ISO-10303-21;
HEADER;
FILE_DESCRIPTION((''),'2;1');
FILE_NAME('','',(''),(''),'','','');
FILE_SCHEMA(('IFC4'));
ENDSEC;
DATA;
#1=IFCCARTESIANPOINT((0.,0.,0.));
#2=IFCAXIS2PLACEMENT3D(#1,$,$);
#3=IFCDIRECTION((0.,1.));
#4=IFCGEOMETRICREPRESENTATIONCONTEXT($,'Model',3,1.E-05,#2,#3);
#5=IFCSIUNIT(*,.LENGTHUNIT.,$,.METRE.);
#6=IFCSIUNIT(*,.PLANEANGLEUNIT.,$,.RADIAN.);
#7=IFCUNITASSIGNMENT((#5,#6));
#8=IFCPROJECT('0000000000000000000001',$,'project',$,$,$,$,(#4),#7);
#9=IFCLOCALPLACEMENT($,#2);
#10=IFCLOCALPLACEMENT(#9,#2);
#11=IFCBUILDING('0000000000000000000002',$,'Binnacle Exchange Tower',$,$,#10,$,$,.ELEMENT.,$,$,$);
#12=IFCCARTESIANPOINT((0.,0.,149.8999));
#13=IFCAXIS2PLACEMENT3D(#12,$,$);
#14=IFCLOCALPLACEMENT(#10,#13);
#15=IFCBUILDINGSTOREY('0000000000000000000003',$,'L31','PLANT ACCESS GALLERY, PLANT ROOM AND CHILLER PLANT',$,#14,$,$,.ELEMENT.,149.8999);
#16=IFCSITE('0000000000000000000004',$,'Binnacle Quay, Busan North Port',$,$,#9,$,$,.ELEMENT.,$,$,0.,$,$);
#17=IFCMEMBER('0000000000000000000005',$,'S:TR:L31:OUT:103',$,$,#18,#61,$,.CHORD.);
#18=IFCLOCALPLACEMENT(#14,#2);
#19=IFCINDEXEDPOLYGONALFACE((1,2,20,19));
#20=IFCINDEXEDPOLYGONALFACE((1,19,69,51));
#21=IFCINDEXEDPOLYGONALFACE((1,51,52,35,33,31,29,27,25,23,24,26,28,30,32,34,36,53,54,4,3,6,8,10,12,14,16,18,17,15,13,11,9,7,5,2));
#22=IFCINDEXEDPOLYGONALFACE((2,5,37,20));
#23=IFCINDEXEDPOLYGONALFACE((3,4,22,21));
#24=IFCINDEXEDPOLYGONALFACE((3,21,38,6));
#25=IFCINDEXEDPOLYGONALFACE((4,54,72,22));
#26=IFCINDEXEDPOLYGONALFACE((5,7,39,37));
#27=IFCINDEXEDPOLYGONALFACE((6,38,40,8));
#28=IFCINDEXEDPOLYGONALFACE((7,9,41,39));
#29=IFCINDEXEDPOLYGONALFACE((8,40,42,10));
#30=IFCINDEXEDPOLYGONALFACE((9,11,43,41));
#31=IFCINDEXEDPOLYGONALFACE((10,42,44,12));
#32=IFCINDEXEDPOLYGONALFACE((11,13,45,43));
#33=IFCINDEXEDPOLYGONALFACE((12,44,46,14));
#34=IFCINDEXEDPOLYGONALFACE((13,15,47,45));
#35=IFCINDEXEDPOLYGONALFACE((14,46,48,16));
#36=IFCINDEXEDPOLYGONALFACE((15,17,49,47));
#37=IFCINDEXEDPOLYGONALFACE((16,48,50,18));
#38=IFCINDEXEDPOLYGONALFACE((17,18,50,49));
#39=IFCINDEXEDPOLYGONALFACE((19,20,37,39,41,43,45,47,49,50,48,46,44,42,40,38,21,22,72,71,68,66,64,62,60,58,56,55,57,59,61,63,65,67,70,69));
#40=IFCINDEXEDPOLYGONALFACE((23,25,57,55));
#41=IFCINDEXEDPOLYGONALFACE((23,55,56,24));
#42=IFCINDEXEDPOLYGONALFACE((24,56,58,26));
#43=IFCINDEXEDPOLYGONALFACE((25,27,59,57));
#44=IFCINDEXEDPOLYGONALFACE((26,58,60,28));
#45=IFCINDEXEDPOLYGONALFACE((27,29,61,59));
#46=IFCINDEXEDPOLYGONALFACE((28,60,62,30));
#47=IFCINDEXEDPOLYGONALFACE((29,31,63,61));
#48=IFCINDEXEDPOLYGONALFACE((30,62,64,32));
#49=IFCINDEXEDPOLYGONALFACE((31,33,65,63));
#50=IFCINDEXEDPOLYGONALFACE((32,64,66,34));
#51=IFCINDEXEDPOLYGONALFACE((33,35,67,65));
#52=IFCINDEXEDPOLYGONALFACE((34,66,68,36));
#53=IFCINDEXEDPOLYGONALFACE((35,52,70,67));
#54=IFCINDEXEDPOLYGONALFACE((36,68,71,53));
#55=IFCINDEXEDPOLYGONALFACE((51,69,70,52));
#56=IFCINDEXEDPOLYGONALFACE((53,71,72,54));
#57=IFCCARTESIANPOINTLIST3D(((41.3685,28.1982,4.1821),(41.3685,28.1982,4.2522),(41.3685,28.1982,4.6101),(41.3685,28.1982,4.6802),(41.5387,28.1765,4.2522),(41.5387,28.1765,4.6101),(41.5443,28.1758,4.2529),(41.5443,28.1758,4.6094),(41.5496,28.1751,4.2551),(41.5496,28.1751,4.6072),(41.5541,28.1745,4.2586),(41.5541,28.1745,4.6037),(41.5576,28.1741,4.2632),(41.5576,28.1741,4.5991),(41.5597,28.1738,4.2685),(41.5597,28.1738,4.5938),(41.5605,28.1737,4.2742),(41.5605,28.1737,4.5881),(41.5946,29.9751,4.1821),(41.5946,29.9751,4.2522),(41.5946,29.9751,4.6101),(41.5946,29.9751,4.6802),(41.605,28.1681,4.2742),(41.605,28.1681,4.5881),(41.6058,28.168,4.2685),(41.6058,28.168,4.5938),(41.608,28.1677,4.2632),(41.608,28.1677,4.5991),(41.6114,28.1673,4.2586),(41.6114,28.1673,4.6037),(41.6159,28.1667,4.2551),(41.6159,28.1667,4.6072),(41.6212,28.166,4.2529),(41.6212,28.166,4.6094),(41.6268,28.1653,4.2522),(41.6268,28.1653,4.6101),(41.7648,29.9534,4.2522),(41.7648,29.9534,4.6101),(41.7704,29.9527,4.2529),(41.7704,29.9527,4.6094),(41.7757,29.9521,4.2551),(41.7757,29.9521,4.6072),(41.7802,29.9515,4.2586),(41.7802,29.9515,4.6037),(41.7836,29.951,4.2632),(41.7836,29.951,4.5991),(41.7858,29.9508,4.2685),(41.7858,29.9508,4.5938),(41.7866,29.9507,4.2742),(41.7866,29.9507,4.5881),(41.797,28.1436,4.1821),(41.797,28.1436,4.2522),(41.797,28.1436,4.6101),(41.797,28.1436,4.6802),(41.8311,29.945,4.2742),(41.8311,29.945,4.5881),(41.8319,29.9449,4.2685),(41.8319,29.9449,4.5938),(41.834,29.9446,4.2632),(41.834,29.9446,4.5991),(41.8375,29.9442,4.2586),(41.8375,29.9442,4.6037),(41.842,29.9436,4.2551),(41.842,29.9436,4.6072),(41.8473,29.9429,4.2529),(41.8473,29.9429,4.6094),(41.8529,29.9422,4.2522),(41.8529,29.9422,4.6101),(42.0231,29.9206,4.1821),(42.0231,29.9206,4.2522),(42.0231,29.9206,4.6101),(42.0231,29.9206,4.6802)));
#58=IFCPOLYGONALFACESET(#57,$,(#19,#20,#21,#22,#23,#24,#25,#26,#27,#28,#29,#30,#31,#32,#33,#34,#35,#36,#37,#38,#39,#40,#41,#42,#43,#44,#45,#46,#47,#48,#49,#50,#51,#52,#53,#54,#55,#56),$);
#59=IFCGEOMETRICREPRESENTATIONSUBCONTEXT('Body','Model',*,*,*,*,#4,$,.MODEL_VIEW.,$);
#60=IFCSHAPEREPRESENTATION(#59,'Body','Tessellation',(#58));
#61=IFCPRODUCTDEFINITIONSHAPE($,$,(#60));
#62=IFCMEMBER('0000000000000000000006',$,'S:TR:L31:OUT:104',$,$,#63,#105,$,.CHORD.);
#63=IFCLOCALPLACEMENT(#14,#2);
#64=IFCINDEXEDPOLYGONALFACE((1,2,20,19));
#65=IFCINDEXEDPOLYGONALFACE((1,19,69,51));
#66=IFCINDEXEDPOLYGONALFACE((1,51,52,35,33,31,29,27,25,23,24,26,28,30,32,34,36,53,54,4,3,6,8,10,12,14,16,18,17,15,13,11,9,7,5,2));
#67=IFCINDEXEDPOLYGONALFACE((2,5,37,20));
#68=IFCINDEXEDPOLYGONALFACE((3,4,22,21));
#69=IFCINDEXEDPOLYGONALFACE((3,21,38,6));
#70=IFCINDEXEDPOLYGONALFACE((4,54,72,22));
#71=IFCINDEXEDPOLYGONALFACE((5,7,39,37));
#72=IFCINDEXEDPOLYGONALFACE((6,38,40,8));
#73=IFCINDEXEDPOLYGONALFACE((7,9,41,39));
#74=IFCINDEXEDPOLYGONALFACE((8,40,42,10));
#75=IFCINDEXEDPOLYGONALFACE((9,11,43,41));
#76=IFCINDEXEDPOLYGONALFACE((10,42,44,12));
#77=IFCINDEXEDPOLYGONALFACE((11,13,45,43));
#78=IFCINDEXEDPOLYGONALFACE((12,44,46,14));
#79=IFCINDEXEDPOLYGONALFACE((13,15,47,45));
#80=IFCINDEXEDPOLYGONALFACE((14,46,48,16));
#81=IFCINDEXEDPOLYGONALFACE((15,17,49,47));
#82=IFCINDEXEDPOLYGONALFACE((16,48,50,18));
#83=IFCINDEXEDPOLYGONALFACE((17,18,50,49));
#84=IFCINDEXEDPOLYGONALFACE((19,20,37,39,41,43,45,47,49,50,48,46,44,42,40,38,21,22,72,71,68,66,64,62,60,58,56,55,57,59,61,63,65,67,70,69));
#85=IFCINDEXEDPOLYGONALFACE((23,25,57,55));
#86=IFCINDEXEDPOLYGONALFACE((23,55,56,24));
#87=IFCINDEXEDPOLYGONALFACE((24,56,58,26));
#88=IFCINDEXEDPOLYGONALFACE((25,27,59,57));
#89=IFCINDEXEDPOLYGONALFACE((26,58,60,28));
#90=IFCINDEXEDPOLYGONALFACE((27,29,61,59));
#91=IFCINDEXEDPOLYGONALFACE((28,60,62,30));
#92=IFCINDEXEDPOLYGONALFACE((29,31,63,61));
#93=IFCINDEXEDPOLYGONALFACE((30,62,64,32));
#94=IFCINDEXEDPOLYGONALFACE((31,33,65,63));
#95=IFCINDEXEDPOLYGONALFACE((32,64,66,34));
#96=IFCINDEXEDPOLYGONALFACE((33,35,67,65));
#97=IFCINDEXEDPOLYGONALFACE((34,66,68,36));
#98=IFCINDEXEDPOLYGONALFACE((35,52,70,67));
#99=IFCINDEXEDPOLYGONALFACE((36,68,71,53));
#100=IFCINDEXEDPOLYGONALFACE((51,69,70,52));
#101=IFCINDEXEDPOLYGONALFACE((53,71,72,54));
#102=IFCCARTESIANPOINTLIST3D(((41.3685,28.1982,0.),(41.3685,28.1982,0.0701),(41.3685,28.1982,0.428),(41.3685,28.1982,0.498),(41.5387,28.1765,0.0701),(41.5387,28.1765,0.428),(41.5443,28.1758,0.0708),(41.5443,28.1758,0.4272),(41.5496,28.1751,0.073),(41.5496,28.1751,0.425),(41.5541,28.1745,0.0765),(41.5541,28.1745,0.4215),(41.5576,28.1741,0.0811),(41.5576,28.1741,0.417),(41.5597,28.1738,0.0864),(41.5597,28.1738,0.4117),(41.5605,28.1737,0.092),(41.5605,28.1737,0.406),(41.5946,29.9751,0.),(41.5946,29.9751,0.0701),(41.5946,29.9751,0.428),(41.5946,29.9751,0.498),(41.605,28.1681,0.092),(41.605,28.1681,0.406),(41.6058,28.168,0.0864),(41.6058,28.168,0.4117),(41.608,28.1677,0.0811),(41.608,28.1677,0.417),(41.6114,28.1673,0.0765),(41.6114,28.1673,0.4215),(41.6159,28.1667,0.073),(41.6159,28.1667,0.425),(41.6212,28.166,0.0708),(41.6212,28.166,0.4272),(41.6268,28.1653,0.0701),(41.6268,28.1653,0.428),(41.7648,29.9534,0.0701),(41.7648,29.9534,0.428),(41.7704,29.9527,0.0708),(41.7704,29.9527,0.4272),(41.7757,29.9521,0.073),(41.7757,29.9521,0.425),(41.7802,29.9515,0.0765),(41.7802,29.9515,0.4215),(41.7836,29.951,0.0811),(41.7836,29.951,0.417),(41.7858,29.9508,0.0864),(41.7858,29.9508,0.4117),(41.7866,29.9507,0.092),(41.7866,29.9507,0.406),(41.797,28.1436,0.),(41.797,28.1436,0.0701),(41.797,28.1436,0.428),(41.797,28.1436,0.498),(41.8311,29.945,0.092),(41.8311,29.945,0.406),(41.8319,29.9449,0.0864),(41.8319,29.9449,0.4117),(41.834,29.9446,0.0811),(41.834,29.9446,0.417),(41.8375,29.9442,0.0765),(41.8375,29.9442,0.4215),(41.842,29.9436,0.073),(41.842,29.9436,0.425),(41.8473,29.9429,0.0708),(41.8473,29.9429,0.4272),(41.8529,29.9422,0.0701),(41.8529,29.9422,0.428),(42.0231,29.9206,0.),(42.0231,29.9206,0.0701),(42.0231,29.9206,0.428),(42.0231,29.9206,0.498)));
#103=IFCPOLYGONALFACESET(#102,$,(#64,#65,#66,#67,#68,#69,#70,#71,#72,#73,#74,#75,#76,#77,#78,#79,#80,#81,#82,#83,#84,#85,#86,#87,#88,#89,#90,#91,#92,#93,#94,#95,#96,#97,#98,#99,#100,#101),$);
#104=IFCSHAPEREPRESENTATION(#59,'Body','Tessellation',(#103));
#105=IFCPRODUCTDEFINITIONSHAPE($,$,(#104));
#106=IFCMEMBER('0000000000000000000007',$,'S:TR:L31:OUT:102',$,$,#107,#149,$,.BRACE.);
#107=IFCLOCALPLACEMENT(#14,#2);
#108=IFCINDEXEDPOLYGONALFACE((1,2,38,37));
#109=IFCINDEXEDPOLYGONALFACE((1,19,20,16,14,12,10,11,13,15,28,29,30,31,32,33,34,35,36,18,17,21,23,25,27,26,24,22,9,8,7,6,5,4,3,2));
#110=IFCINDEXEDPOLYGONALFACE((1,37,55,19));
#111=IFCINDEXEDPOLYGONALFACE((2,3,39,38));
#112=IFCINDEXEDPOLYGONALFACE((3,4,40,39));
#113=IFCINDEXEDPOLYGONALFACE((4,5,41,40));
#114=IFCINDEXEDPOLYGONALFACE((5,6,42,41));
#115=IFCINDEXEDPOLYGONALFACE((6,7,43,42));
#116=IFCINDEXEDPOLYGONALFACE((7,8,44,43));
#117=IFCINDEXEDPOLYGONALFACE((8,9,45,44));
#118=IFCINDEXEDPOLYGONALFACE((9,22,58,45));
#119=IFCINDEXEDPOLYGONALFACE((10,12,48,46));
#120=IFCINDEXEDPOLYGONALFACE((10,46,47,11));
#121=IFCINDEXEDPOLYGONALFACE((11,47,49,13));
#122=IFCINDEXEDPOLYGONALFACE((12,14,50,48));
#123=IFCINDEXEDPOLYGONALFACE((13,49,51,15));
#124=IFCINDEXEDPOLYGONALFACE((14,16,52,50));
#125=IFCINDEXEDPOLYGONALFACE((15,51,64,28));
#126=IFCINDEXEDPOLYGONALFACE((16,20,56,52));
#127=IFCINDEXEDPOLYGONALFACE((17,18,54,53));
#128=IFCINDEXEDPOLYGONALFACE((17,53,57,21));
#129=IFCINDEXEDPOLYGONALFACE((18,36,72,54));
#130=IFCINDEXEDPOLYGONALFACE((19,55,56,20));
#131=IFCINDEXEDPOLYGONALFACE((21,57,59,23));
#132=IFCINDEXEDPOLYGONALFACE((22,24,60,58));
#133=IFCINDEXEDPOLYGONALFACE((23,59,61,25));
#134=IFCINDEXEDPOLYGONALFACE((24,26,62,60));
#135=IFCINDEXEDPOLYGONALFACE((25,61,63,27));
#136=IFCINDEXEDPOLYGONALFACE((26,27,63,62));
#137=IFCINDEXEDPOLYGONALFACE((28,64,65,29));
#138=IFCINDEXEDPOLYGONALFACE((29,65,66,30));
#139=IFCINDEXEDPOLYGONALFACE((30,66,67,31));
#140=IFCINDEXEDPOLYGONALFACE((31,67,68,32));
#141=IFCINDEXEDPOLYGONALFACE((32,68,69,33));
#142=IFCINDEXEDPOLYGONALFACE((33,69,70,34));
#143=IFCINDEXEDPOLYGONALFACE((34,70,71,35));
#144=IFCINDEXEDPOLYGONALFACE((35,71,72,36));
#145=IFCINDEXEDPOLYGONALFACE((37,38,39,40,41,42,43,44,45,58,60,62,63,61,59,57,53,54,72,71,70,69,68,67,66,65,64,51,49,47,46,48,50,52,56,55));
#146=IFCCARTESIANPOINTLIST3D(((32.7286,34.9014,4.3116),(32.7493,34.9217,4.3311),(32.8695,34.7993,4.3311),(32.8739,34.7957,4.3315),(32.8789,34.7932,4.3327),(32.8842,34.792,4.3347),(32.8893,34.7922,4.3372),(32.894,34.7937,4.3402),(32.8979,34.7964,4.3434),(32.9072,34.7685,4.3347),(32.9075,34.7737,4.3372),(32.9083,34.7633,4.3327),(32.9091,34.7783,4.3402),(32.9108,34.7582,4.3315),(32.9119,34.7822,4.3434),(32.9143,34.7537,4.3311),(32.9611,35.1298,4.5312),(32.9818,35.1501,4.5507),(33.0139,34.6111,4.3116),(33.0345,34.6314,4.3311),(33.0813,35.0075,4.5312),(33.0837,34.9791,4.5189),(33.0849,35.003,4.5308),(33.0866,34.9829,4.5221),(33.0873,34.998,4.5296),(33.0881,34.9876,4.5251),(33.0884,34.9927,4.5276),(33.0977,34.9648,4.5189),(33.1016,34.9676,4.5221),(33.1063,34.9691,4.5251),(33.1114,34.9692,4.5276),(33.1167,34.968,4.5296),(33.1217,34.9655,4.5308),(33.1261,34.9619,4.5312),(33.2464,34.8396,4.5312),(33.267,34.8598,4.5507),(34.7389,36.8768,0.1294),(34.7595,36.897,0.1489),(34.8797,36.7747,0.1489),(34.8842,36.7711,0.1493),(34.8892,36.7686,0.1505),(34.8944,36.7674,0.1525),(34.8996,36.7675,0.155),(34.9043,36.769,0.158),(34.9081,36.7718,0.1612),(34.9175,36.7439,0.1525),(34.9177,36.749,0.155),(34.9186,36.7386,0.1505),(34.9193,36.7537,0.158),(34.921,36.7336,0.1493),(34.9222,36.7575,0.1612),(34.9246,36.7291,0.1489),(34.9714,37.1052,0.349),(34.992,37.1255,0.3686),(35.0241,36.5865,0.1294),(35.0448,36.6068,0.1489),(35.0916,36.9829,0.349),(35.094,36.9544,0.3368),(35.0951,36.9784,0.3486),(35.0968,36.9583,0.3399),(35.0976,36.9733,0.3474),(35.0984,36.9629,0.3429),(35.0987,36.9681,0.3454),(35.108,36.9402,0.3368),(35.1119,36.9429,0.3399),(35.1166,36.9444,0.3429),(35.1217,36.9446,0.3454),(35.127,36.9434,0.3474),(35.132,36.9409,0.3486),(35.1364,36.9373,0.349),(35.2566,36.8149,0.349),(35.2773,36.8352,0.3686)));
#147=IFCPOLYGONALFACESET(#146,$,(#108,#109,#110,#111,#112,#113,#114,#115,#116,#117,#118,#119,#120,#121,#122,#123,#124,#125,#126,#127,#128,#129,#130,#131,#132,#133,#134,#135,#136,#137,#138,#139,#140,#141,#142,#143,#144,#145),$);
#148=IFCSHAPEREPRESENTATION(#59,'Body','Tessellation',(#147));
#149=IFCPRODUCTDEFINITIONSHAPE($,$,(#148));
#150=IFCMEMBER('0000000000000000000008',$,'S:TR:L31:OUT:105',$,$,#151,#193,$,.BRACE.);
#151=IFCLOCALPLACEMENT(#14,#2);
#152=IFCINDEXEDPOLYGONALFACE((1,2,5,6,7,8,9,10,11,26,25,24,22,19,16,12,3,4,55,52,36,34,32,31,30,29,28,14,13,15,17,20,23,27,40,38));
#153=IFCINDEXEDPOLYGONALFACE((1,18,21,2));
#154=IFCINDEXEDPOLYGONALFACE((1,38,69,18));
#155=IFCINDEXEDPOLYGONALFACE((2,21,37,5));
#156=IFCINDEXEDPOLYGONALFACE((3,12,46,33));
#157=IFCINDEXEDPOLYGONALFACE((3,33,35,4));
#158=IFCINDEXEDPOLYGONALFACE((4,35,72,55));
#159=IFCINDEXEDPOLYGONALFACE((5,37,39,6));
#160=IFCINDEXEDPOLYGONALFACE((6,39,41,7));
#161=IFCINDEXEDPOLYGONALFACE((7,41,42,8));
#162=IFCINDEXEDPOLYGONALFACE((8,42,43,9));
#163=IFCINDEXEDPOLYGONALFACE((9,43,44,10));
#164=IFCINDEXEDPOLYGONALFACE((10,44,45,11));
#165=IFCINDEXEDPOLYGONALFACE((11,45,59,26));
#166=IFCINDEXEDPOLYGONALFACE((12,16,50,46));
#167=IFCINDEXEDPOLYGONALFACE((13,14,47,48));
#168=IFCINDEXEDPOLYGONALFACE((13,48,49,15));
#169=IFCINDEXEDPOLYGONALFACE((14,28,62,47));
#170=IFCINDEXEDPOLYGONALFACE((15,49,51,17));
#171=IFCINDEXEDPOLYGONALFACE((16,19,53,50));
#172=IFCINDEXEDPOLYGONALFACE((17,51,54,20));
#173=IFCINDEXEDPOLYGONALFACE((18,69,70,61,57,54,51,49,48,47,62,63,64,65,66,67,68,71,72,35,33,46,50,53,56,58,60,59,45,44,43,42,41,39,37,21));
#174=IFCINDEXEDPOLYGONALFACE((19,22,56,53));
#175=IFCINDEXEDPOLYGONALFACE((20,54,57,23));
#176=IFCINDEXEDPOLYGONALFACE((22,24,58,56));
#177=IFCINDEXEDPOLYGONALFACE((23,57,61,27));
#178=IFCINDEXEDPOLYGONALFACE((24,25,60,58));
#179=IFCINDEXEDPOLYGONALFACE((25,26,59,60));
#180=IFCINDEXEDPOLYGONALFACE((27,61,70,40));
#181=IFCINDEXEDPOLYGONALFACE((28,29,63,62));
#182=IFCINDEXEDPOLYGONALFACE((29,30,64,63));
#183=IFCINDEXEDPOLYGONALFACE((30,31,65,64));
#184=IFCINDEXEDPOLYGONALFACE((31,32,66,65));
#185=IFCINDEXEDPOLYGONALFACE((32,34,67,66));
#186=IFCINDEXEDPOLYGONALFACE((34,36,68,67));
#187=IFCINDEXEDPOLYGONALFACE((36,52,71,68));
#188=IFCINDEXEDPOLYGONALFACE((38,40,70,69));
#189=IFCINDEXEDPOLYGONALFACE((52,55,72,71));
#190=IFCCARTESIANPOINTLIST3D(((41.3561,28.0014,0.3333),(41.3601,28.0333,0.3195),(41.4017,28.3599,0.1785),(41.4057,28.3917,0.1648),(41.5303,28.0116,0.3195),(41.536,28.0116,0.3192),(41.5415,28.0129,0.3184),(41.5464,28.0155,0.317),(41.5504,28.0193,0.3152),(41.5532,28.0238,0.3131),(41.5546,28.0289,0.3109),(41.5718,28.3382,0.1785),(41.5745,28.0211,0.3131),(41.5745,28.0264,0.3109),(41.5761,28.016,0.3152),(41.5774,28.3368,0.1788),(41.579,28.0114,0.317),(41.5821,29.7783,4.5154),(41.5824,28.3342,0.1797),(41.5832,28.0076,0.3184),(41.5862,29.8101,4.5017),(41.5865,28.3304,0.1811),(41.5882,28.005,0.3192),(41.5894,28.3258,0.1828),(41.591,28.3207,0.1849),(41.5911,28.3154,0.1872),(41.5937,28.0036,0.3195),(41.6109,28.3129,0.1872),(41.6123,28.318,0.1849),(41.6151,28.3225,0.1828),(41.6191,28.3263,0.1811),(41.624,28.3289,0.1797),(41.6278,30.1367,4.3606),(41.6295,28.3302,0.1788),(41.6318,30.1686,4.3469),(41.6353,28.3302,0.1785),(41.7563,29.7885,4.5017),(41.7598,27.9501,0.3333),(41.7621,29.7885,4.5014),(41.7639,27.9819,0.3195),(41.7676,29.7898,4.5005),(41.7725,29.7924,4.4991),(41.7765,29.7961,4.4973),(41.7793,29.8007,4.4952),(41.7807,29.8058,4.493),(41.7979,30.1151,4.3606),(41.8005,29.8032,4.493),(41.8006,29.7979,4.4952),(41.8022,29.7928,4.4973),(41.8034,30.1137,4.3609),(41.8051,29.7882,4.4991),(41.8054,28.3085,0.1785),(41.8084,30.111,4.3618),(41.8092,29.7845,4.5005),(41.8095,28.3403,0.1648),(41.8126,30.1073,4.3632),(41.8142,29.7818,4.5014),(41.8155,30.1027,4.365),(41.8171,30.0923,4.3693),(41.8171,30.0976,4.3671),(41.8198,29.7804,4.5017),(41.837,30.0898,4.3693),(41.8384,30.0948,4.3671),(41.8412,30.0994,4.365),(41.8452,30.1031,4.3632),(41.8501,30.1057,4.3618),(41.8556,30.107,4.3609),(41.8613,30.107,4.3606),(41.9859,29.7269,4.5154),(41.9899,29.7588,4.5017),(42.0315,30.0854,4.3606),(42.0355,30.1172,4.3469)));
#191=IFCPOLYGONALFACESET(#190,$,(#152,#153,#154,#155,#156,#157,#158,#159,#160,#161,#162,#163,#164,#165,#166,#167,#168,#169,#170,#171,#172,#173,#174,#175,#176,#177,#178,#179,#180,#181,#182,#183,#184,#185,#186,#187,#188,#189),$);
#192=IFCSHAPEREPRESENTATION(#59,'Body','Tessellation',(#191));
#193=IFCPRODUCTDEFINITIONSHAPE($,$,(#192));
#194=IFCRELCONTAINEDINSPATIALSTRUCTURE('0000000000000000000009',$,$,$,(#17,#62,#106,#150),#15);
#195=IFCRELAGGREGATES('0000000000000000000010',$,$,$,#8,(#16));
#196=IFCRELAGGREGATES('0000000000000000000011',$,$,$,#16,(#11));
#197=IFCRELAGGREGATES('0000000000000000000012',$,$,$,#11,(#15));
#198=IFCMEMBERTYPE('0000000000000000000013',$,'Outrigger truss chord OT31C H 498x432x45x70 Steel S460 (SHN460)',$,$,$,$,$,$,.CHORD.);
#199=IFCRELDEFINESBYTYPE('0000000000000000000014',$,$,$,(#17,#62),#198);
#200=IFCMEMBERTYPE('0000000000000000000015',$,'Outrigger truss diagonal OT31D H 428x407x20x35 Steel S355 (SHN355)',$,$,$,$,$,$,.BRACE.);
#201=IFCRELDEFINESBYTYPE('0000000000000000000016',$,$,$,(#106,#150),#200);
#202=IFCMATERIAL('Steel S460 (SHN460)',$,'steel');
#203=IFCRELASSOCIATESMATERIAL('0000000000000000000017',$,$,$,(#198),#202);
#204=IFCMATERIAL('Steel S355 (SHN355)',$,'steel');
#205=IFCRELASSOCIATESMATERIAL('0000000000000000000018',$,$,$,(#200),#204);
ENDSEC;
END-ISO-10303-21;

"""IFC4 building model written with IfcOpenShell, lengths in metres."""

from ifc_helpers import new_model, si_unit, direction, frame, origin, origin_2d, place, context, subcontext, project, spatial, i_section, extrude, material, material_profile, profile_set, type_object, element, save


model = new_model("IFC4")

# Units and contexts
model_context = context("Model", 3, precision=1e-05, world=origin(), true_north=direction((0.0, 1.0)))
body_context = subcontext(model_context, "Body", "Model", "MODEL_VIEW")
ifc_project = project(units=[si_unit("LENGTHUNIT", "METRE"), si_unit("PLANEANGLEUNIT", "RADIAN")], contexts=[model_context])

# Site, building, storey
site_placement = place(None, origin())
site = spatial("IfcSite", under=ifc_project, at=site_placement, Name="Binnacle Quay, Busan North Port", CompositionType="ELEMENT", RefElevation=0.0)
building_placement = place(site_placement, origin())
building = spatial("IfcBuilding", under=site, at=building_placement, Name="Binnacle Exchange Tower", CompositionType="ELEMENT")
storey_placement = place(building_placement, frame((0.0, 0.0, 149.8999)))
storey = spatial("IfcBuildingStorey", under=building, at=storey_placement, Name="L31", Description="PLANT ACCESS GALLERY, PLANT ROOM AND CHILLER PLANT", CompositionType="ELEMENT", Elevation=149.8999)

# Shared definitions
ifc_material_1 = material(Name="Steel S460 (SHN460)", Category="steel")
ifc_material_2 = material(Name="Steel S355 (SHN355)", Category="steel")

# Members
ifc_material_profile_1 = material_profile(ifc_material_1, i_section(OverallWidth=0.4319, OverallDepth=0.498, WebThickness=0.0449, FlangeThickness=0.0701, FilletRadius=0.022, at=origin_2d()), Name="H 498x432x45x70")
ifc_profile_set_1 = profile_set([ifc_material_profile_1], Name="Steel S460 (SHN460)")
member_type_1 = type_object("IfcMemberType", Name="Outrigger truss chord OT31C H 498x432x45x70 Steel S460 (SHN460)", PredefinedType="CHORD", material=ifc_profile_set_1)
for number, where, z_axis, x_axis, name in (
    (1, (41.5828, 28.1709, 4.4312), (0.126215, 0.992003, 0.0), (-0.992003, 0.126215, 0.0), "S:TR:L31:OUT:103"),
    (2, (41.5828, 28.1709, 0.249), (0.126215, 0.992003, 0.0), (-0.992003, 0.126215, 0.0), "S:TR:L31:OUT:104"),
):
    element("IfcMember", number, at=place(storey_placement, frame(where, z_axis=z_axis, x_axis=x_axis)), inside=storey, type_object=member_type_1, Name=name, PredefinedType="CHORD", context=body_context, shape_type="SweptSolid", body=[
        extrude(i_section(OverallWidth=0.4319, OverallDepth=0.498, WebThickness=0.0449, FlangeThickness=0.0701, FilletRadius=0.022, at=origin_2d()), origin(), (0.0, 0.0, 1.0), 1.7913),
    ])
ifc_material_profile_2 = material_profile(ifc_material_2, i_section(OverallWidth=0.407, OverallDepth=0.428, WebThickness=0.02, FlangeThickness=0.0349, FilletRadius=0.022, at=origin_2d()), Name="H 428x407x20x35")
ifc_profile_set_2 = profile_set([ifc_material_profile_2], Name="Steel S355 (SHN355)")
member_type_2 = type_object("IfcMemberType", Name="Outrigger truss diagonal OT31D H 428x407x20x35 Steel S355 (SHN355)", PredefinedType="BRACE", material=ifc_profile_set_2)
member_1_placement = place(storey_placement, frame((32.9978, 34.8806, 4.4312), z_axis=(0.398611, 0.391689, -0.82927), x_axis=(-0.700886, 0.713273, 0.0)))
element("IfcMember", 3, at=member_1_placement, inside=storey, type_object=member_type_2, Name="S:TR:L31:OUT:102", PredefinedType="BRACE", context=body_context, shape_type="SweptSolid", body=[
    extrude(i_section(OverallWidth=0.407, OverallDepth=0.428, WebThickness=0.02, FlangeThickness=0.0349, FilletRadius=0.022, at=origin_2d()), origin(), (0.0, 0.0, 1.0), 5.0432),
])
member_2_placement = place(storey_placement, frame((41.5828, 28.1709, 0.249), z_axis=(0.049691, 0.390555, 0.919237), x_axis=(-0.992003, 0.126215, 0.0)))
element("IfcMember", 4, at=member_2_placement, inside=storey, type_object=member_type_2, Name="S:TR:L31:OUT:105", PredefinedType="BRACE", context=body_context, shape_type="SweptSolid", body=[
    extrude(i_section(OverallWidth=0.407, OverallDepth=0.428, WebThickness=0.02, FlangeThickness=0.0349, FilletRadius=0.022, at=origin_2d()), origin(), (0.0, 0.0, 1.0), 4.5496),
])

save(model, "model.ifc")
